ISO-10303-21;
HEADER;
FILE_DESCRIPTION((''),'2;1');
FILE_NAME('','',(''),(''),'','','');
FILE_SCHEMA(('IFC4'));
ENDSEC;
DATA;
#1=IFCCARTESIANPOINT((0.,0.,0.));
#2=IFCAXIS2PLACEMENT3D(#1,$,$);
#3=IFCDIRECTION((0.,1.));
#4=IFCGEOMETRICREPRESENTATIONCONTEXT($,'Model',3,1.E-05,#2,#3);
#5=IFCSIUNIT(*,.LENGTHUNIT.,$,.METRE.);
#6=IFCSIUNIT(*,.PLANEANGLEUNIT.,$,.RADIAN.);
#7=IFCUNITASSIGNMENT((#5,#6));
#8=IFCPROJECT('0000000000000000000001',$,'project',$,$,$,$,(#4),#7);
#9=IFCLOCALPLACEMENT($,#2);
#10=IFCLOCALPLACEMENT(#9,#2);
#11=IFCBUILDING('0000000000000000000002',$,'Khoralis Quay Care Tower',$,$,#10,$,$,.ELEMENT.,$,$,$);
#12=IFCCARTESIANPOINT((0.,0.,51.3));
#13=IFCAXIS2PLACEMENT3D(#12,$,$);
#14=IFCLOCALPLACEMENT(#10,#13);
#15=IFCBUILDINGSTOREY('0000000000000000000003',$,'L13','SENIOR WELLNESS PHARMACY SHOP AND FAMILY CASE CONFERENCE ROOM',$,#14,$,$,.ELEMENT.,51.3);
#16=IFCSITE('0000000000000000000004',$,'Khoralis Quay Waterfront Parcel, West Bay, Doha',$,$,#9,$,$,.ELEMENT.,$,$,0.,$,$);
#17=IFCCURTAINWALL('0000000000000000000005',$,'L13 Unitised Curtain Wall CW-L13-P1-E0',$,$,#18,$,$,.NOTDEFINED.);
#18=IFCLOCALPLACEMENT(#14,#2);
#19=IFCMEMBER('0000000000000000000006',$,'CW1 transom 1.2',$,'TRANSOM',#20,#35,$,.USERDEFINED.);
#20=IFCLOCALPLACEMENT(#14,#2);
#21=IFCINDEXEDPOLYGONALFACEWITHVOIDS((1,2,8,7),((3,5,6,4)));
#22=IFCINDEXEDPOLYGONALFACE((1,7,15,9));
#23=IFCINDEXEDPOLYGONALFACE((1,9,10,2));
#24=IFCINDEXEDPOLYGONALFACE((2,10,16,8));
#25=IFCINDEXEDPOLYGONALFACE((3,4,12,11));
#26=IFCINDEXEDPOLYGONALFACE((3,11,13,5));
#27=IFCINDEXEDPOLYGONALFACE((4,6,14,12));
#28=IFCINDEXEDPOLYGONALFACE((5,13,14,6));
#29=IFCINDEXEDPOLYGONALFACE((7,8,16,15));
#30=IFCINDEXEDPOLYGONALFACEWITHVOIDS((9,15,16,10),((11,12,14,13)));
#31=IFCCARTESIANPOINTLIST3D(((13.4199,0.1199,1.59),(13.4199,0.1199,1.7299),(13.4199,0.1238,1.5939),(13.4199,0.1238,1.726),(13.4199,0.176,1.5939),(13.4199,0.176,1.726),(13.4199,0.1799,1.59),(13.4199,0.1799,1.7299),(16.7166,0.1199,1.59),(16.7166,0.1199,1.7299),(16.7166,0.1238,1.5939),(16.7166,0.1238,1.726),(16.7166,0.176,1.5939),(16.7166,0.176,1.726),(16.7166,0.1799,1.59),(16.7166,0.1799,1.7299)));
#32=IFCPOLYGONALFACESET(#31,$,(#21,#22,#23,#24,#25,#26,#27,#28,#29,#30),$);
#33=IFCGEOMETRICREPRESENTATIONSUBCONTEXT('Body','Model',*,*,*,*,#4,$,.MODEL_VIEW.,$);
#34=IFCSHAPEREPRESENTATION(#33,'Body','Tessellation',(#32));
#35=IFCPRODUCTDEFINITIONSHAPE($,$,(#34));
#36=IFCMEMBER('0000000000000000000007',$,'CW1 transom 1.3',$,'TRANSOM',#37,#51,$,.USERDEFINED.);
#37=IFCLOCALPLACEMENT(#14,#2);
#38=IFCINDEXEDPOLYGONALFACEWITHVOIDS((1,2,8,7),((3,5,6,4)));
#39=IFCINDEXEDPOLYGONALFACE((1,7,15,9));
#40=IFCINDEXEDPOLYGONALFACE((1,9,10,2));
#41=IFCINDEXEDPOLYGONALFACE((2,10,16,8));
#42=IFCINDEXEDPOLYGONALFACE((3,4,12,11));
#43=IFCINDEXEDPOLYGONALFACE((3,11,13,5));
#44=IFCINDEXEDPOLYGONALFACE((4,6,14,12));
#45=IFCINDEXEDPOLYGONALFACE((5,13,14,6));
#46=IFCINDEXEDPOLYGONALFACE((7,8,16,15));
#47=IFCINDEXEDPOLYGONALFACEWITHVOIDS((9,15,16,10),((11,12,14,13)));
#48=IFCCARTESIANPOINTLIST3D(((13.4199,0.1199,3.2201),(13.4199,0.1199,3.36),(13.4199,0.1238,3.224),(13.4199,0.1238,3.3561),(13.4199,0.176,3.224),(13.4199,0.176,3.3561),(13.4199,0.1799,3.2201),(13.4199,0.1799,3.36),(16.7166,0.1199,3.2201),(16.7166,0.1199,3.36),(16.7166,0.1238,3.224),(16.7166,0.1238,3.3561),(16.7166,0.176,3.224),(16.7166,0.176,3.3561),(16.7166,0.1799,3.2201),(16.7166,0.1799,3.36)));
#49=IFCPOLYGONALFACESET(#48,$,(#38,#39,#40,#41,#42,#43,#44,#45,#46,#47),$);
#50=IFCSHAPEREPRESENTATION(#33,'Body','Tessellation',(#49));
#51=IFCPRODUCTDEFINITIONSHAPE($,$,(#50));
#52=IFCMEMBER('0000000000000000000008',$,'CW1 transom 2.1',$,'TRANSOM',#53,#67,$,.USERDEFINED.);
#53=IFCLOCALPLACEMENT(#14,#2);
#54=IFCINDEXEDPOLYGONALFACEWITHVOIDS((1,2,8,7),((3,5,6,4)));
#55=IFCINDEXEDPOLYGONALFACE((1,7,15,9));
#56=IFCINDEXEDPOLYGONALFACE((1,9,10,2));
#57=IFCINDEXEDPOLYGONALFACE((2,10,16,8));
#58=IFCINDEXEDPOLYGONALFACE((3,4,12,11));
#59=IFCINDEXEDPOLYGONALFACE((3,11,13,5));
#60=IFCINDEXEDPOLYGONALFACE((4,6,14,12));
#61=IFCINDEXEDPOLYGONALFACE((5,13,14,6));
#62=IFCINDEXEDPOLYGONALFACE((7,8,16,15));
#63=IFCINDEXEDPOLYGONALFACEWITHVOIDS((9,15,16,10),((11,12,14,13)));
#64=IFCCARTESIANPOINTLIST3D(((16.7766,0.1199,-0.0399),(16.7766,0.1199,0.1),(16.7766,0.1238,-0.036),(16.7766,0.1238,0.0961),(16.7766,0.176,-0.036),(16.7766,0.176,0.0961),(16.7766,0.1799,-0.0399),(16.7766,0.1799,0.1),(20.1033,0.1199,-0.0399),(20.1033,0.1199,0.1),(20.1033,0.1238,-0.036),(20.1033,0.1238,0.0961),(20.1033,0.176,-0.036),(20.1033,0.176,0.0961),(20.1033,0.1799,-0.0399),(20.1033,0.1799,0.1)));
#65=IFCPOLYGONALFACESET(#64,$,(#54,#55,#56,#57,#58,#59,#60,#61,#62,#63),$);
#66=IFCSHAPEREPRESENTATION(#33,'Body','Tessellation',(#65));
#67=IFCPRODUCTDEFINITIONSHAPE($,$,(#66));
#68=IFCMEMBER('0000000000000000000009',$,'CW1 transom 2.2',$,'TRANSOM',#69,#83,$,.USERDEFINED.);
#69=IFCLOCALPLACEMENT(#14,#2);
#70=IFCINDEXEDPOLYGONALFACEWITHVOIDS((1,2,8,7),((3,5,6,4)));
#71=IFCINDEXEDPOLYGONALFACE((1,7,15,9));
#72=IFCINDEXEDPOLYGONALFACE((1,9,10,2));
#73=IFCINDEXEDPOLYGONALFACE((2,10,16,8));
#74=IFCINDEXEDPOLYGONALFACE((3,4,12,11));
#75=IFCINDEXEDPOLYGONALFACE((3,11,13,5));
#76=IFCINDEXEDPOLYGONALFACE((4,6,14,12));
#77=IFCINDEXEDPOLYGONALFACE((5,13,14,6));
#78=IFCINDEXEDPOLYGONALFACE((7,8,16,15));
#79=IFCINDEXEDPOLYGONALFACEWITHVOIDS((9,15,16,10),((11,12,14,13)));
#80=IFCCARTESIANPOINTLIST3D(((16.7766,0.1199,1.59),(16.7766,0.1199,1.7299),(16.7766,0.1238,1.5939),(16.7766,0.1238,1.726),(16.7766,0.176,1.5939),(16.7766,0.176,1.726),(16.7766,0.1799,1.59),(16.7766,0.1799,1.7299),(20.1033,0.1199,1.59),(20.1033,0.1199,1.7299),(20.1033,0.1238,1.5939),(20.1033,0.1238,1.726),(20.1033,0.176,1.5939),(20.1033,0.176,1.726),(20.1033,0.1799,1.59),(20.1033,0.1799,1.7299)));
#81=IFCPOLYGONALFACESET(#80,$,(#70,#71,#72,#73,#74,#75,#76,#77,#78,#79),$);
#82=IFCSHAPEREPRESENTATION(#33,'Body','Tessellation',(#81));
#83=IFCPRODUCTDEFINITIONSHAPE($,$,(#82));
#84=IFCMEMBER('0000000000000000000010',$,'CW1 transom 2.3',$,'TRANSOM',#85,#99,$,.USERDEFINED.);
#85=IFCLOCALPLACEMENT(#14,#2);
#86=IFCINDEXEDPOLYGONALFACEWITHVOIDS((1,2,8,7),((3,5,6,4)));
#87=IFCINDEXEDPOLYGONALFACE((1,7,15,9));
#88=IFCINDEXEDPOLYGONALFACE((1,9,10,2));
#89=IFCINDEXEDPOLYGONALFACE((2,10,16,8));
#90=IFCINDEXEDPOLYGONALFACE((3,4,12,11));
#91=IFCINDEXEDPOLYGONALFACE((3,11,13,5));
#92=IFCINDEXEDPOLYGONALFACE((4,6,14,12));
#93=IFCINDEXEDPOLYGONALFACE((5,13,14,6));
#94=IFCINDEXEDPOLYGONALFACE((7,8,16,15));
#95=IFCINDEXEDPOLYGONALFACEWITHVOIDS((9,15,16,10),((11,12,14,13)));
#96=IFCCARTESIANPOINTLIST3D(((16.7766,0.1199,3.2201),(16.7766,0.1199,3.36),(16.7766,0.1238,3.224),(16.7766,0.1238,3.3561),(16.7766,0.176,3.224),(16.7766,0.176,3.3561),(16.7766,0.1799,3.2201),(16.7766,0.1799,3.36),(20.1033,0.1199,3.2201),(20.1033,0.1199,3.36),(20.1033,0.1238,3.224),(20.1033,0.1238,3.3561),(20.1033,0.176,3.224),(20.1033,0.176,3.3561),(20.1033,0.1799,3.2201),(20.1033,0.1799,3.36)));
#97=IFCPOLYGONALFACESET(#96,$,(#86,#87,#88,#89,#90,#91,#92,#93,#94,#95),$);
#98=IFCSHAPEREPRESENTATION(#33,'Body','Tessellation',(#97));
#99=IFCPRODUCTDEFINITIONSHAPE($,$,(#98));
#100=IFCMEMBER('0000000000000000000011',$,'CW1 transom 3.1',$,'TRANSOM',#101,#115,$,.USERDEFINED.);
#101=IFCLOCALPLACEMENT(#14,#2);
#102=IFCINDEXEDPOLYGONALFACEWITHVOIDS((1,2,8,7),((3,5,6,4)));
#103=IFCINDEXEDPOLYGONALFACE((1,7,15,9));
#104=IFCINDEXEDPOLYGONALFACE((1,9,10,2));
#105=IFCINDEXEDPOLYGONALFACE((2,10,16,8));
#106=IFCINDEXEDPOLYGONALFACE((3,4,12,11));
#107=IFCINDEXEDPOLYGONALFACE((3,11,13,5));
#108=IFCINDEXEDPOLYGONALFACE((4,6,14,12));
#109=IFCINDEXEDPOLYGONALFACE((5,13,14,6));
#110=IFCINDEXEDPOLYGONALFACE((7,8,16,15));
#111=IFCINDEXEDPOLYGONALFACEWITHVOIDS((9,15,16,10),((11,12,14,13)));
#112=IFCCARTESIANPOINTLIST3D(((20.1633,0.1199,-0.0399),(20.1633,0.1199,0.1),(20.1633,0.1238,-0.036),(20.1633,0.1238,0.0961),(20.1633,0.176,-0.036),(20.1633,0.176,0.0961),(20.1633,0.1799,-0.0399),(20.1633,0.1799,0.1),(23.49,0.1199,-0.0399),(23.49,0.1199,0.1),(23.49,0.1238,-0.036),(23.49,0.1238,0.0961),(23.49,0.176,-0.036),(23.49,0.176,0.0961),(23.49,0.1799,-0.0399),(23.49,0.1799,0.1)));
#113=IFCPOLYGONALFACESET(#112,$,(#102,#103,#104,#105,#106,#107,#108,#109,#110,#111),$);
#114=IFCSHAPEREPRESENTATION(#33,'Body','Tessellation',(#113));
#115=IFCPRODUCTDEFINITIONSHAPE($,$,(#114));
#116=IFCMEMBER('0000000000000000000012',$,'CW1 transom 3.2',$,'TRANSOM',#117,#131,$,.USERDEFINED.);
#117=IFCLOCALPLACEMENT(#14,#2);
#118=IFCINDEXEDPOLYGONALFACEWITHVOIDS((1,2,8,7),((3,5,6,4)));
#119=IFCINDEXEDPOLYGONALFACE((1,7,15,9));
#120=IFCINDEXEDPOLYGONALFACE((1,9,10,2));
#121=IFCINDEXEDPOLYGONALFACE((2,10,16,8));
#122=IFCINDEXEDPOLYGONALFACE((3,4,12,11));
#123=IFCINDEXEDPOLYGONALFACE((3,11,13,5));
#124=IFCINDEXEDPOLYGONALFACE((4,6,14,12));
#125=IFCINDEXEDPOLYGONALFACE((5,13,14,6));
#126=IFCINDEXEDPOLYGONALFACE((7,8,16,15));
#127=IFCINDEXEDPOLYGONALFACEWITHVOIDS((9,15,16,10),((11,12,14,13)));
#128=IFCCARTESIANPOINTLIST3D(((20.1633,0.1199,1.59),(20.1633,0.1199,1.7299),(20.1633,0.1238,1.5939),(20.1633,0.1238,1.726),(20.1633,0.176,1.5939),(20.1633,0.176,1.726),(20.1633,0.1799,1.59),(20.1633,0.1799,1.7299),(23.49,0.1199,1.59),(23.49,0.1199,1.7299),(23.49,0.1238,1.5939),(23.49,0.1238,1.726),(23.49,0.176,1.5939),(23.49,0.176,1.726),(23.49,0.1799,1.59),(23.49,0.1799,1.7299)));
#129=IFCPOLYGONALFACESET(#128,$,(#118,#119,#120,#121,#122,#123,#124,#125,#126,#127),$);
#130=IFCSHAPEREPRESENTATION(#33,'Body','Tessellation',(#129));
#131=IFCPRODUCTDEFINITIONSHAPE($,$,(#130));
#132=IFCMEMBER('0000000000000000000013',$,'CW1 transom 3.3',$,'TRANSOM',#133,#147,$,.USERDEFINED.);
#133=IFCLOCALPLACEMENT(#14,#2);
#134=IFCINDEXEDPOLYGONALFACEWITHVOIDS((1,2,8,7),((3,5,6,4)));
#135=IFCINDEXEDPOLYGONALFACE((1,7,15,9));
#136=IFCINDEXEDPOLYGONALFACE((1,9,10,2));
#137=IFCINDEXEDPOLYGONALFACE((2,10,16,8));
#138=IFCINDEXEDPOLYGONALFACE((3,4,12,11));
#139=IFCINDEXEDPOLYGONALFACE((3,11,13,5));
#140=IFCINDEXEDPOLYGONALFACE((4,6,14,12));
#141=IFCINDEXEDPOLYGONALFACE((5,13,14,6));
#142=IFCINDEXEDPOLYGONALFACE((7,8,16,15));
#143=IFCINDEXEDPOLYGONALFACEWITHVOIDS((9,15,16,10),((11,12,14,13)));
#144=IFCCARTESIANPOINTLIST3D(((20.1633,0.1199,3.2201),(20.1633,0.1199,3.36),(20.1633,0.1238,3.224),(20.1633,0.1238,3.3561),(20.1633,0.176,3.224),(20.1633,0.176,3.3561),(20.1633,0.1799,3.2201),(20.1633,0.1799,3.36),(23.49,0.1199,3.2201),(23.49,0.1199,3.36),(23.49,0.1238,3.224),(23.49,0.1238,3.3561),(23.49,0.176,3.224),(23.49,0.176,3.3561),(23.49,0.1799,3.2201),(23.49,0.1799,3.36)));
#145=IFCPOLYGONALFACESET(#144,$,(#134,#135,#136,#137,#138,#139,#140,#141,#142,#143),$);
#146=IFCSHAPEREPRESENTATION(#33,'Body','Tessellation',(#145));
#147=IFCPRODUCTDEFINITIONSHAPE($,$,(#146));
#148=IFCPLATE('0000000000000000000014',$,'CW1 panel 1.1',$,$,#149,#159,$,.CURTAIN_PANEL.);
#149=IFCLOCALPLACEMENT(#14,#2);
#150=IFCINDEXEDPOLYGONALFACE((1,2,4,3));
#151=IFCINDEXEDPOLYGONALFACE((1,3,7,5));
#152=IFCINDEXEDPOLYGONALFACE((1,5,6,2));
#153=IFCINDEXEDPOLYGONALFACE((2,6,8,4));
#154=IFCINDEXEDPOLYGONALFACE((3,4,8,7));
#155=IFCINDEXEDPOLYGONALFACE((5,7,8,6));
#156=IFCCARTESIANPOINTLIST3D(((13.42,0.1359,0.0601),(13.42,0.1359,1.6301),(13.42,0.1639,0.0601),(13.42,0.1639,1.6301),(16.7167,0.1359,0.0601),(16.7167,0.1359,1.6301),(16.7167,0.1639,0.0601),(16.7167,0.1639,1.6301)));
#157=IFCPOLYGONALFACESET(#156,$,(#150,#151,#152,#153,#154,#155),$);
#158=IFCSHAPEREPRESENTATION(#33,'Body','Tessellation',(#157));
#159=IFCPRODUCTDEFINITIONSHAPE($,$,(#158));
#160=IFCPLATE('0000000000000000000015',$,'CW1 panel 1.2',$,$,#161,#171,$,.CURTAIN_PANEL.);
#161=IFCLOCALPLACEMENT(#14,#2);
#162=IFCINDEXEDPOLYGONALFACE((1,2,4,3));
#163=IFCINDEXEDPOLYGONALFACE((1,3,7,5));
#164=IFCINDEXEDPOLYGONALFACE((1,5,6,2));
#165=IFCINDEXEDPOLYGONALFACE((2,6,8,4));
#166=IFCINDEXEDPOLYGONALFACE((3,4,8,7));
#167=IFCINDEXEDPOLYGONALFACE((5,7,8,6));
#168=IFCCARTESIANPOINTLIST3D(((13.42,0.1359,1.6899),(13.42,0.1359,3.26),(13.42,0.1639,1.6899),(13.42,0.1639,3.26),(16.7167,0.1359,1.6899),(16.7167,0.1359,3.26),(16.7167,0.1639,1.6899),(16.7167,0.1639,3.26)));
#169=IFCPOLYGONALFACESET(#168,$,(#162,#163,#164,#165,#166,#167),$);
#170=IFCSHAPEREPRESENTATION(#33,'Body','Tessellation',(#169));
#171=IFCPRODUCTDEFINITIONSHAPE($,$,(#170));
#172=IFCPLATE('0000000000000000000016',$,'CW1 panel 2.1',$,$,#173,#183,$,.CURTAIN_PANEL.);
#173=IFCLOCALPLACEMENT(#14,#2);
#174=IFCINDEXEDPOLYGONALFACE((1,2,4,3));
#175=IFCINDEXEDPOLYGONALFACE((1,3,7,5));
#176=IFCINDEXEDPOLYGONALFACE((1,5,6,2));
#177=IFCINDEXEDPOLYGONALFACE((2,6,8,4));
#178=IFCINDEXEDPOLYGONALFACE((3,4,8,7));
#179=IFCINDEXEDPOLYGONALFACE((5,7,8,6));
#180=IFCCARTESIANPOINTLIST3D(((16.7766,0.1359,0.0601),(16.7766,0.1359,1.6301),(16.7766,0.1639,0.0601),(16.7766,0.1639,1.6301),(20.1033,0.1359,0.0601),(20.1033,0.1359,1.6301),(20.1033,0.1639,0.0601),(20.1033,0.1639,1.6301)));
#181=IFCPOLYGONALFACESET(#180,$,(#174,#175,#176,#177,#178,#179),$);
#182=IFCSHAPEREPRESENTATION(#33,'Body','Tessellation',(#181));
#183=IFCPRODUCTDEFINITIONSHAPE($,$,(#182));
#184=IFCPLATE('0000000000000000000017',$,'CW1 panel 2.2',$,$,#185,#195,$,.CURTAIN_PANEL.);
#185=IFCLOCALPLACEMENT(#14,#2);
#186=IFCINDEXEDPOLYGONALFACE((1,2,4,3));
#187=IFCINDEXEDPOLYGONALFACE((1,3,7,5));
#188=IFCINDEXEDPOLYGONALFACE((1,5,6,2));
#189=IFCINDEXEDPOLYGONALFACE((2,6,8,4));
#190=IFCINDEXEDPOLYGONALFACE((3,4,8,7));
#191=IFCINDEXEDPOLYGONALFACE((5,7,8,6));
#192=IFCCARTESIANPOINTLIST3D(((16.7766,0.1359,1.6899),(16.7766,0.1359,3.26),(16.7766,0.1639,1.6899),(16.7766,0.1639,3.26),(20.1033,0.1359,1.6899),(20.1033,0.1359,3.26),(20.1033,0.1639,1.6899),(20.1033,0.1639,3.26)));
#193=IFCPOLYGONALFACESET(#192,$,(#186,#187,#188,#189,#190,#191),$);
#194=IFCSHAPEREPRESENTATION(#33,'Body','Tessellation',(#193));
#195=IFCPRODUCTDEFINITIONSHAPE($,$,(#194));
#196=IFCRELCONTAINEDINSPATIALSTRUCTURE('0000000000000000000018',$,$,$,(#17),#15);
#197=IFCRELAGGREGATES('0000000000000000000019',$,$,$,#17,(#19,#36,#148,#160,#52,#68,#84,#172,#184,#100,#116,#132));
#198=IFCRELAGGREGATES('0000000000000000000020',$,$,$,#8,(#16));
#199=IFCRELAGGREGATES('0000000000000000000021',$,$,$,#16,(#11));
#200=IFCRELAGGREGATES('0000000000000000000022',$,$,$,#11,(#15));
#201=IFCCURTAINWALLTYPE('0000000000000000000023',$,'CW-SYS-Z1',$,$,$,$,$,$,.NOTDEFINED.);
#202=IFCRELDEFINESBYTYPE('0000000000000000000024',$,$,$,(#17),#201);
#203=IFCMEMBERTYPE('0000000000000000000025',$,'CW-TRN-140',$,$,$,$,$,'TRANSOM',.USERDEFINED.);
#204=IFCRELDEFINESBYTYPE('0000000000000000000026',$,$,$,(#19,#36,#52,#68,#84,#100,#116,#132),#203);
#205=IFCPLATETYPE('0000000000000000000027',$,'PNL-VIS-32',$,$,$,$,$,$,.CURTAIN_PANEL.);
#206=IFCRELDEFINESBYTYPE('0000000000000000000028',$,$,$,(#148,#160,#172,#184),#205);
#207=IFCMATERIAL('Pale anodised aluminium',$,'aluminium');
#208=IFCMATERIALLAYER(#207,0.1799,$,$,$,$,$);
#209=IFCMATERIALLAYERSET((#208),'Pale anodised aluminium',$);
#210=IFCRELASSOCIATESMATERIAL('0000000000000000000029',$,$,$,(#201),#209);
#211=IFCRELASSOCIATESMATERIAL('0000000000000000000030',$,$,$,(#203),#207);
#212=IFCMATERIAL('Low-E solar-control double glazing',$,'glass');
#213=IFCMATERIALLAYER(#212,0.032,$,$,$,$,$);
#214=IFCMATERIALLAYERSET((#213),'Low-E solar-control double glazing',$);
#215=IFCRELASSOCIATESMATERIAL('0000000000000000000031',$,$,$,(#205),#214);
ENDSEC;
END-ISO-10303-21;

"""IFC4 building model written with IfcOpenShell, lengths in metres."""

from ifc_helpers import new_model, si_unit, direction, frame, origin, origin_2d, place, context, subcontext, project, spatial, rectangle, hollow_rectangle, extrude, source, transform, mapped, material, layer, layer_set, material_profile, profile_set, type_object, element, aggregate, save


model = new_model("IFC4")

# Units and contexts
model_context = context("Model", 3, precision=1e-05, world=origin(), true_north=direction((0.0, 1.0)))
body_context = subcontext(model_context, "Body", "Model", "MODEL_VIEW")
ifc_project = project(units=[si_unit("LENGTHUNIT", "METRE"), si_unit("PLANEANGLEUNIT", "RADIAN")], contexts=[model_context])

# Site, building, storey
site_placement = place(None, origin())
site = spatial("IfcSite", under=ifc_project, at=site_placement, Name="Khoralis Quay Waterfront Parcel, West Bay, Doha", CompositionType="ELEMENT", RefElevation=0.0)
building_placement = place(site_placement, origin())
building = spatial("IfcBuilding", under=site, at=building_placement, Name="Khoralis Quay Care Tower", CompositionType="ELEMENT")
storey_placement = place(building_placement, frame((0.0, 0.0, 51.3)))
storey = spatial("IfcBuildingStorey", under=building, at=storey_placement, Name="L13", Description="SENIOR WELLNESS PHARMACY SHOP AND FAMILY CASE CONFERENCE ROOM", CompositionType="ELEMENT", Elevation=51.3)

# Curtain wall, members, plates
ifc_material_1 = material(Name="Pale anodised aluminium", Category="aluminium")
ifc_layer_1 = layer(ifc_material_1, 0.1799)
ifc_layer_set_1 = layer_set([ifc_layer_1], Name="Pale anodised aluminium")
curtain_wall_type = type_object("IfcCurtainWallType", Name="CW-SYS-Z1", PredefinedType="NOTDEFINED", material=ifc_layer_set_1)
curtain_wall_placement = place(storey_placement, origin())
curtain_wall = element("IfcCurtainWall", 1, at=curtain_wall_placement, inside=storey, type_object=curtain_wall_type, Name="L13 Unitised Curtain Wall CW-L13-P1-E0", PredefinedType="NOTDEFINED")
ifc_material_profile_1 = material_profile(ifc_material_1, hollow_rectangle(XDim=0.0601, YDim=0.1399, WallThickness=0.0039, at=origin_2d()), Name="Pale anodised aluminium")
ifc_profile_set_1 = profile_set([ifc_material_profile_1], Name="Pale anodised aluminium")
member_type_1 = type_object("IfcMemberType", Name="CW-TRN-140", ElementType="TRANSOM", PredefinedType="USERDEFINED", material=ifc_profile_set_1)
shared_shape_1 = source(origin(), body_context, "Body", "SweptSolid", [
    extrude(hollow_rectangle(XDim=0.0601, YDim=0.1399, WallThickness=0.0039, at=origin_2d()), origin(), (0.0, 0.0, 1.0), 3.2966),
])
member_1_placement = place(storey_placement, frame((13.4199, 0.1499, 1.6599), z_axis=(1.0, 0.0, 0.0), x_axis=(0.0, 1.0, 0.0)))
member_1 = element("IfcMember", 2, at=member_1_placement, type_object=member_type_1, Name="CW1 transom 1.2", ObjectType="TRANSOM", PredefinedType="USERDEFINED", context=body_context, shape_type="MappedRepresentation", body=[
    mapped(shared_shape_1, transform((0.0, 0.0, 0.0), scale=1.0)),
])
member_2_placement = place(storey_placement, frame((13.4199, 0.1499, 3.29), z_axis=(1.0, 0.0, 0.0), x_axis=(0.0, 1.0, 0.0)))
member_2 = element("IfcMember", 3, at=member_2_placement, type_object=member_type_1, Name="CW1 transom 1.3", ObjectType="TRANSOM", PredefinedType="USERDEFINED", context=body_context, shape_type="MappedRepresentation", body=[
    mapped(shared_shape_1, transform((0.0, 0.0, 0.0), scale=1.0)),
])
shared_shape_2 = source(origin(), body_context, "Body", "SweptSolid", [
    extrude(hollow_rectangle(XDim=0.0601, YDim=0.1399, WallThickness=0.0039, at=origin_2d()), origin(), (0.0, 0.0, 1.0), 3.3267),
])
member_3_placement = place(storey_placement, frame((16.7766, 0.1499, 0.03), z_axis=(1.0, 0.0, 0.0), x_axis=(0.0, 1.0, 0.0)))
member_3 = element("IfcMember", 4, at=member_3_placement, type_object=member_type_1, Name="CW1 transom 2.1", ObjectType="TRANSOM", PredefinedType="USERDEFINED", context=body_context, shape_type="MappedRepresentation", body=[
    mapped(shared_shape_2, transform((0.0, 0.0, 0.0), scale=1.0)),
])
member_4_placement = place(storey_placement, frame((16.7766, 0.1499, 1.6599), z_axis=(1.0, 0.0, 0.0), x_axis=(0.0, 1.0, 0.0)))
member_4 = element("IfcMember", 5, at=member_4_placement, type_object=member_type_1, Name="CW1 transom 2.2", ObjectType="TRANSOM", PredefinedType="USERDEFINED", context=body_context, shape_type="MappedRepresentation", body=[
    mapped(shared_shape_2, transform((0.0, 0.0, 0.0), scale=1.0)),
])
member_5_placement = place(storey_placement, frame((16.7766, 0.1499, 3.29), z_axis=(1.0, 0.0, 0.0), x_axis=(0.0, 1.0, 0.0)))
member_5 = element("IfcMember", 6, at=member_5_placement, type_object=member_type_1, Name="CW1 transom 2.3", ObjectType="TRANSOM", PredefinedType="USERDEFINED", context=body_context, shape_type="MappedRepresentation", body=[
    mapped(shared_shape_2, transform((0.0, 0.0, 0.0), scale=1.0)),
])
member_6_placement = place(storey_placement, frame((20.1633, 0.1499, 0.03), z_axis=(1.0, 0.0, 0.0), x_axis=(0.0, 1.0, 0.0)))
member_6 = element("IfcMember", 7, at=member_6_placement, type_object=member_type_1, Name="CW1 transom 3.1", ObjectType="TRANSOM", PredefinedType="USERDEFINED", context=body_context, shape_type="MappedRepresentation", body=[
    mapped(shared_shape_2, transform((0.0, 0.0, 0.0), scale=1.0)),
])
member_7_placement = place(storey_placement, frame((20.1633, 0.1499, 1.6599), z_axis=(1.0, 0.0, 0.0), x_axis=(0.0, 1.0, 0.0)))
member_7 = element("IfcMember", 8, at=member_7_placement, type_object=member_type_1, Name="CW1 transom 3.2", ObjectType="TRANSOM", PredefinedType="USERDEFINED", context=body_context, shape_type="MappedRepresentation", body=[
    mapped(shared_shape_2, transform((0.0, 0.0, 0.0), scale=1.0)),
])
member_8_placement = place(storey_placement, frame((20.1633, 0.1499, 3.29), z_axis=(1.0, 0.0, 0.0), x_axis=(0.0, 1.0, 0.0)))
member_8 = element("IfcMember", 9, at=member_8_placement, type_object=member_type_1, Name="CW1 transom 3.3", ObjectType="TRANSOM", PredefinedType="USERDEFINED", context=body_context, shape_type="MappedRepresentation", body=[
    mapped(shared_shape_2, transform((0.0, 0.0, 0.0), scale=1.0)),
])
ifc_material_2 = material(Name="Low-E solar-control double glazing", Category="glass")
ifc_layer_2 = layer(ifc_material_2, 0.032)
ifc_layer_set_2 = layer_set([ifc_layer_2], Name="Low-E solar-control double glazing")
plate_type = type_object("IfcPlateType", Name="PNL-VIS-32", PredefinedType="CURTAIN_PANEL", material=ifc_layer_set_2)
shared_shape_3 = source(origin(), body_context, "Body", "SweptSolid", [
    extrude(rectangle(XDim=3.2966, YDim=0.0281, at=origin_2d()), origin(), (0.0, 0.0, 1.0), 1.5701),
])
plate_1_placement = place(storey_placement, frame((15.0684, 0.1499, 0.0601), z_axis=(0.0, 0.0, 1.0), x_axis=(1.0, 0.0, 0.0)))
plate_1 = element("IfcPlate", 10, at=plate_1_placement, type_object=plate_type, Name="CW1 panel 1.1", PredefinedType="CURTAIN_PANEL", context=body_context, shape_type="MappedRepresentation", body=[
    mapped(shared_shape_3, transform((0.0, 0.0, 0.0), scale=1.0)),
])
plate_2_placement = place(storey_placement, frame((15.0684, 0.1499, 1.6899), z_axis=(0.0, 0.0, 1.0), x_axis=(1.0, 0.0, 0.0)))
plate_2 = element("IfcPlate", 11, at=plate_2_placement, type_object=plate_type, Name="CW1 panel 1.2", PredefinedType="CURTAIN_PANEL", context=body_context, shape_type="MappedRepresentation", body=[
    mapped(shared_shape_3, transform((0.0, 0.0, 0.0), scale=1.0)),
])
shared_shape_4 = source(origin(), body_context, "Body", "SweptSolid", [
    extrude(rectangle(XDim=3.3267, YDim=0.0281, at=origin_2d()), origin(), (0.0, 0.0, 1.0), 1.5701),
])
plate_3_placement = place(storey_placement, frame((18.4399, 0.1499, 0.0601), z_axis=(0.0, 0.0, 1.0), x_axis=(1.0, 0.0, 0.0)))
plate_3 = element("IfcPlate", 12, at=plate_3_placement, type_object=plate_type, Name="CW1 panel 2.1", PredefinedType="CURTAIN_PANEL", context=body_context, shape_type="MappedRepresentation", body=[
    mapped(shared_shape_4, transform((0.0, 0.0, 0.0), scale=1.0)),
])
plate_4_placement = place(storey_placement, frame((18.4399, 0.1499, 1.6899), z_axis=(0.0, 0.0, 1.0), x_axis=(1.0, 0.0, 0.0)))
plate_4 = element("IfcPlate", 13, at=plate_4_placement, type_object=plate_type, Name="CW1 panel 2.2", PredefinedType="CURTAIN_PANEL", context=body_context, shape_type="MappedRepresentation", body=[
    mapped(shared_shape_4, transform((0.0, 0.0, 0.0), scale=1.0)),
])
aggregate(curtain_wall, [member_1, member_2, plate_1, plate_2, member_3, member_4, member_5, plate_3, plate_4, member_6, member_7, member_8])

save(model, "model.ifc")
